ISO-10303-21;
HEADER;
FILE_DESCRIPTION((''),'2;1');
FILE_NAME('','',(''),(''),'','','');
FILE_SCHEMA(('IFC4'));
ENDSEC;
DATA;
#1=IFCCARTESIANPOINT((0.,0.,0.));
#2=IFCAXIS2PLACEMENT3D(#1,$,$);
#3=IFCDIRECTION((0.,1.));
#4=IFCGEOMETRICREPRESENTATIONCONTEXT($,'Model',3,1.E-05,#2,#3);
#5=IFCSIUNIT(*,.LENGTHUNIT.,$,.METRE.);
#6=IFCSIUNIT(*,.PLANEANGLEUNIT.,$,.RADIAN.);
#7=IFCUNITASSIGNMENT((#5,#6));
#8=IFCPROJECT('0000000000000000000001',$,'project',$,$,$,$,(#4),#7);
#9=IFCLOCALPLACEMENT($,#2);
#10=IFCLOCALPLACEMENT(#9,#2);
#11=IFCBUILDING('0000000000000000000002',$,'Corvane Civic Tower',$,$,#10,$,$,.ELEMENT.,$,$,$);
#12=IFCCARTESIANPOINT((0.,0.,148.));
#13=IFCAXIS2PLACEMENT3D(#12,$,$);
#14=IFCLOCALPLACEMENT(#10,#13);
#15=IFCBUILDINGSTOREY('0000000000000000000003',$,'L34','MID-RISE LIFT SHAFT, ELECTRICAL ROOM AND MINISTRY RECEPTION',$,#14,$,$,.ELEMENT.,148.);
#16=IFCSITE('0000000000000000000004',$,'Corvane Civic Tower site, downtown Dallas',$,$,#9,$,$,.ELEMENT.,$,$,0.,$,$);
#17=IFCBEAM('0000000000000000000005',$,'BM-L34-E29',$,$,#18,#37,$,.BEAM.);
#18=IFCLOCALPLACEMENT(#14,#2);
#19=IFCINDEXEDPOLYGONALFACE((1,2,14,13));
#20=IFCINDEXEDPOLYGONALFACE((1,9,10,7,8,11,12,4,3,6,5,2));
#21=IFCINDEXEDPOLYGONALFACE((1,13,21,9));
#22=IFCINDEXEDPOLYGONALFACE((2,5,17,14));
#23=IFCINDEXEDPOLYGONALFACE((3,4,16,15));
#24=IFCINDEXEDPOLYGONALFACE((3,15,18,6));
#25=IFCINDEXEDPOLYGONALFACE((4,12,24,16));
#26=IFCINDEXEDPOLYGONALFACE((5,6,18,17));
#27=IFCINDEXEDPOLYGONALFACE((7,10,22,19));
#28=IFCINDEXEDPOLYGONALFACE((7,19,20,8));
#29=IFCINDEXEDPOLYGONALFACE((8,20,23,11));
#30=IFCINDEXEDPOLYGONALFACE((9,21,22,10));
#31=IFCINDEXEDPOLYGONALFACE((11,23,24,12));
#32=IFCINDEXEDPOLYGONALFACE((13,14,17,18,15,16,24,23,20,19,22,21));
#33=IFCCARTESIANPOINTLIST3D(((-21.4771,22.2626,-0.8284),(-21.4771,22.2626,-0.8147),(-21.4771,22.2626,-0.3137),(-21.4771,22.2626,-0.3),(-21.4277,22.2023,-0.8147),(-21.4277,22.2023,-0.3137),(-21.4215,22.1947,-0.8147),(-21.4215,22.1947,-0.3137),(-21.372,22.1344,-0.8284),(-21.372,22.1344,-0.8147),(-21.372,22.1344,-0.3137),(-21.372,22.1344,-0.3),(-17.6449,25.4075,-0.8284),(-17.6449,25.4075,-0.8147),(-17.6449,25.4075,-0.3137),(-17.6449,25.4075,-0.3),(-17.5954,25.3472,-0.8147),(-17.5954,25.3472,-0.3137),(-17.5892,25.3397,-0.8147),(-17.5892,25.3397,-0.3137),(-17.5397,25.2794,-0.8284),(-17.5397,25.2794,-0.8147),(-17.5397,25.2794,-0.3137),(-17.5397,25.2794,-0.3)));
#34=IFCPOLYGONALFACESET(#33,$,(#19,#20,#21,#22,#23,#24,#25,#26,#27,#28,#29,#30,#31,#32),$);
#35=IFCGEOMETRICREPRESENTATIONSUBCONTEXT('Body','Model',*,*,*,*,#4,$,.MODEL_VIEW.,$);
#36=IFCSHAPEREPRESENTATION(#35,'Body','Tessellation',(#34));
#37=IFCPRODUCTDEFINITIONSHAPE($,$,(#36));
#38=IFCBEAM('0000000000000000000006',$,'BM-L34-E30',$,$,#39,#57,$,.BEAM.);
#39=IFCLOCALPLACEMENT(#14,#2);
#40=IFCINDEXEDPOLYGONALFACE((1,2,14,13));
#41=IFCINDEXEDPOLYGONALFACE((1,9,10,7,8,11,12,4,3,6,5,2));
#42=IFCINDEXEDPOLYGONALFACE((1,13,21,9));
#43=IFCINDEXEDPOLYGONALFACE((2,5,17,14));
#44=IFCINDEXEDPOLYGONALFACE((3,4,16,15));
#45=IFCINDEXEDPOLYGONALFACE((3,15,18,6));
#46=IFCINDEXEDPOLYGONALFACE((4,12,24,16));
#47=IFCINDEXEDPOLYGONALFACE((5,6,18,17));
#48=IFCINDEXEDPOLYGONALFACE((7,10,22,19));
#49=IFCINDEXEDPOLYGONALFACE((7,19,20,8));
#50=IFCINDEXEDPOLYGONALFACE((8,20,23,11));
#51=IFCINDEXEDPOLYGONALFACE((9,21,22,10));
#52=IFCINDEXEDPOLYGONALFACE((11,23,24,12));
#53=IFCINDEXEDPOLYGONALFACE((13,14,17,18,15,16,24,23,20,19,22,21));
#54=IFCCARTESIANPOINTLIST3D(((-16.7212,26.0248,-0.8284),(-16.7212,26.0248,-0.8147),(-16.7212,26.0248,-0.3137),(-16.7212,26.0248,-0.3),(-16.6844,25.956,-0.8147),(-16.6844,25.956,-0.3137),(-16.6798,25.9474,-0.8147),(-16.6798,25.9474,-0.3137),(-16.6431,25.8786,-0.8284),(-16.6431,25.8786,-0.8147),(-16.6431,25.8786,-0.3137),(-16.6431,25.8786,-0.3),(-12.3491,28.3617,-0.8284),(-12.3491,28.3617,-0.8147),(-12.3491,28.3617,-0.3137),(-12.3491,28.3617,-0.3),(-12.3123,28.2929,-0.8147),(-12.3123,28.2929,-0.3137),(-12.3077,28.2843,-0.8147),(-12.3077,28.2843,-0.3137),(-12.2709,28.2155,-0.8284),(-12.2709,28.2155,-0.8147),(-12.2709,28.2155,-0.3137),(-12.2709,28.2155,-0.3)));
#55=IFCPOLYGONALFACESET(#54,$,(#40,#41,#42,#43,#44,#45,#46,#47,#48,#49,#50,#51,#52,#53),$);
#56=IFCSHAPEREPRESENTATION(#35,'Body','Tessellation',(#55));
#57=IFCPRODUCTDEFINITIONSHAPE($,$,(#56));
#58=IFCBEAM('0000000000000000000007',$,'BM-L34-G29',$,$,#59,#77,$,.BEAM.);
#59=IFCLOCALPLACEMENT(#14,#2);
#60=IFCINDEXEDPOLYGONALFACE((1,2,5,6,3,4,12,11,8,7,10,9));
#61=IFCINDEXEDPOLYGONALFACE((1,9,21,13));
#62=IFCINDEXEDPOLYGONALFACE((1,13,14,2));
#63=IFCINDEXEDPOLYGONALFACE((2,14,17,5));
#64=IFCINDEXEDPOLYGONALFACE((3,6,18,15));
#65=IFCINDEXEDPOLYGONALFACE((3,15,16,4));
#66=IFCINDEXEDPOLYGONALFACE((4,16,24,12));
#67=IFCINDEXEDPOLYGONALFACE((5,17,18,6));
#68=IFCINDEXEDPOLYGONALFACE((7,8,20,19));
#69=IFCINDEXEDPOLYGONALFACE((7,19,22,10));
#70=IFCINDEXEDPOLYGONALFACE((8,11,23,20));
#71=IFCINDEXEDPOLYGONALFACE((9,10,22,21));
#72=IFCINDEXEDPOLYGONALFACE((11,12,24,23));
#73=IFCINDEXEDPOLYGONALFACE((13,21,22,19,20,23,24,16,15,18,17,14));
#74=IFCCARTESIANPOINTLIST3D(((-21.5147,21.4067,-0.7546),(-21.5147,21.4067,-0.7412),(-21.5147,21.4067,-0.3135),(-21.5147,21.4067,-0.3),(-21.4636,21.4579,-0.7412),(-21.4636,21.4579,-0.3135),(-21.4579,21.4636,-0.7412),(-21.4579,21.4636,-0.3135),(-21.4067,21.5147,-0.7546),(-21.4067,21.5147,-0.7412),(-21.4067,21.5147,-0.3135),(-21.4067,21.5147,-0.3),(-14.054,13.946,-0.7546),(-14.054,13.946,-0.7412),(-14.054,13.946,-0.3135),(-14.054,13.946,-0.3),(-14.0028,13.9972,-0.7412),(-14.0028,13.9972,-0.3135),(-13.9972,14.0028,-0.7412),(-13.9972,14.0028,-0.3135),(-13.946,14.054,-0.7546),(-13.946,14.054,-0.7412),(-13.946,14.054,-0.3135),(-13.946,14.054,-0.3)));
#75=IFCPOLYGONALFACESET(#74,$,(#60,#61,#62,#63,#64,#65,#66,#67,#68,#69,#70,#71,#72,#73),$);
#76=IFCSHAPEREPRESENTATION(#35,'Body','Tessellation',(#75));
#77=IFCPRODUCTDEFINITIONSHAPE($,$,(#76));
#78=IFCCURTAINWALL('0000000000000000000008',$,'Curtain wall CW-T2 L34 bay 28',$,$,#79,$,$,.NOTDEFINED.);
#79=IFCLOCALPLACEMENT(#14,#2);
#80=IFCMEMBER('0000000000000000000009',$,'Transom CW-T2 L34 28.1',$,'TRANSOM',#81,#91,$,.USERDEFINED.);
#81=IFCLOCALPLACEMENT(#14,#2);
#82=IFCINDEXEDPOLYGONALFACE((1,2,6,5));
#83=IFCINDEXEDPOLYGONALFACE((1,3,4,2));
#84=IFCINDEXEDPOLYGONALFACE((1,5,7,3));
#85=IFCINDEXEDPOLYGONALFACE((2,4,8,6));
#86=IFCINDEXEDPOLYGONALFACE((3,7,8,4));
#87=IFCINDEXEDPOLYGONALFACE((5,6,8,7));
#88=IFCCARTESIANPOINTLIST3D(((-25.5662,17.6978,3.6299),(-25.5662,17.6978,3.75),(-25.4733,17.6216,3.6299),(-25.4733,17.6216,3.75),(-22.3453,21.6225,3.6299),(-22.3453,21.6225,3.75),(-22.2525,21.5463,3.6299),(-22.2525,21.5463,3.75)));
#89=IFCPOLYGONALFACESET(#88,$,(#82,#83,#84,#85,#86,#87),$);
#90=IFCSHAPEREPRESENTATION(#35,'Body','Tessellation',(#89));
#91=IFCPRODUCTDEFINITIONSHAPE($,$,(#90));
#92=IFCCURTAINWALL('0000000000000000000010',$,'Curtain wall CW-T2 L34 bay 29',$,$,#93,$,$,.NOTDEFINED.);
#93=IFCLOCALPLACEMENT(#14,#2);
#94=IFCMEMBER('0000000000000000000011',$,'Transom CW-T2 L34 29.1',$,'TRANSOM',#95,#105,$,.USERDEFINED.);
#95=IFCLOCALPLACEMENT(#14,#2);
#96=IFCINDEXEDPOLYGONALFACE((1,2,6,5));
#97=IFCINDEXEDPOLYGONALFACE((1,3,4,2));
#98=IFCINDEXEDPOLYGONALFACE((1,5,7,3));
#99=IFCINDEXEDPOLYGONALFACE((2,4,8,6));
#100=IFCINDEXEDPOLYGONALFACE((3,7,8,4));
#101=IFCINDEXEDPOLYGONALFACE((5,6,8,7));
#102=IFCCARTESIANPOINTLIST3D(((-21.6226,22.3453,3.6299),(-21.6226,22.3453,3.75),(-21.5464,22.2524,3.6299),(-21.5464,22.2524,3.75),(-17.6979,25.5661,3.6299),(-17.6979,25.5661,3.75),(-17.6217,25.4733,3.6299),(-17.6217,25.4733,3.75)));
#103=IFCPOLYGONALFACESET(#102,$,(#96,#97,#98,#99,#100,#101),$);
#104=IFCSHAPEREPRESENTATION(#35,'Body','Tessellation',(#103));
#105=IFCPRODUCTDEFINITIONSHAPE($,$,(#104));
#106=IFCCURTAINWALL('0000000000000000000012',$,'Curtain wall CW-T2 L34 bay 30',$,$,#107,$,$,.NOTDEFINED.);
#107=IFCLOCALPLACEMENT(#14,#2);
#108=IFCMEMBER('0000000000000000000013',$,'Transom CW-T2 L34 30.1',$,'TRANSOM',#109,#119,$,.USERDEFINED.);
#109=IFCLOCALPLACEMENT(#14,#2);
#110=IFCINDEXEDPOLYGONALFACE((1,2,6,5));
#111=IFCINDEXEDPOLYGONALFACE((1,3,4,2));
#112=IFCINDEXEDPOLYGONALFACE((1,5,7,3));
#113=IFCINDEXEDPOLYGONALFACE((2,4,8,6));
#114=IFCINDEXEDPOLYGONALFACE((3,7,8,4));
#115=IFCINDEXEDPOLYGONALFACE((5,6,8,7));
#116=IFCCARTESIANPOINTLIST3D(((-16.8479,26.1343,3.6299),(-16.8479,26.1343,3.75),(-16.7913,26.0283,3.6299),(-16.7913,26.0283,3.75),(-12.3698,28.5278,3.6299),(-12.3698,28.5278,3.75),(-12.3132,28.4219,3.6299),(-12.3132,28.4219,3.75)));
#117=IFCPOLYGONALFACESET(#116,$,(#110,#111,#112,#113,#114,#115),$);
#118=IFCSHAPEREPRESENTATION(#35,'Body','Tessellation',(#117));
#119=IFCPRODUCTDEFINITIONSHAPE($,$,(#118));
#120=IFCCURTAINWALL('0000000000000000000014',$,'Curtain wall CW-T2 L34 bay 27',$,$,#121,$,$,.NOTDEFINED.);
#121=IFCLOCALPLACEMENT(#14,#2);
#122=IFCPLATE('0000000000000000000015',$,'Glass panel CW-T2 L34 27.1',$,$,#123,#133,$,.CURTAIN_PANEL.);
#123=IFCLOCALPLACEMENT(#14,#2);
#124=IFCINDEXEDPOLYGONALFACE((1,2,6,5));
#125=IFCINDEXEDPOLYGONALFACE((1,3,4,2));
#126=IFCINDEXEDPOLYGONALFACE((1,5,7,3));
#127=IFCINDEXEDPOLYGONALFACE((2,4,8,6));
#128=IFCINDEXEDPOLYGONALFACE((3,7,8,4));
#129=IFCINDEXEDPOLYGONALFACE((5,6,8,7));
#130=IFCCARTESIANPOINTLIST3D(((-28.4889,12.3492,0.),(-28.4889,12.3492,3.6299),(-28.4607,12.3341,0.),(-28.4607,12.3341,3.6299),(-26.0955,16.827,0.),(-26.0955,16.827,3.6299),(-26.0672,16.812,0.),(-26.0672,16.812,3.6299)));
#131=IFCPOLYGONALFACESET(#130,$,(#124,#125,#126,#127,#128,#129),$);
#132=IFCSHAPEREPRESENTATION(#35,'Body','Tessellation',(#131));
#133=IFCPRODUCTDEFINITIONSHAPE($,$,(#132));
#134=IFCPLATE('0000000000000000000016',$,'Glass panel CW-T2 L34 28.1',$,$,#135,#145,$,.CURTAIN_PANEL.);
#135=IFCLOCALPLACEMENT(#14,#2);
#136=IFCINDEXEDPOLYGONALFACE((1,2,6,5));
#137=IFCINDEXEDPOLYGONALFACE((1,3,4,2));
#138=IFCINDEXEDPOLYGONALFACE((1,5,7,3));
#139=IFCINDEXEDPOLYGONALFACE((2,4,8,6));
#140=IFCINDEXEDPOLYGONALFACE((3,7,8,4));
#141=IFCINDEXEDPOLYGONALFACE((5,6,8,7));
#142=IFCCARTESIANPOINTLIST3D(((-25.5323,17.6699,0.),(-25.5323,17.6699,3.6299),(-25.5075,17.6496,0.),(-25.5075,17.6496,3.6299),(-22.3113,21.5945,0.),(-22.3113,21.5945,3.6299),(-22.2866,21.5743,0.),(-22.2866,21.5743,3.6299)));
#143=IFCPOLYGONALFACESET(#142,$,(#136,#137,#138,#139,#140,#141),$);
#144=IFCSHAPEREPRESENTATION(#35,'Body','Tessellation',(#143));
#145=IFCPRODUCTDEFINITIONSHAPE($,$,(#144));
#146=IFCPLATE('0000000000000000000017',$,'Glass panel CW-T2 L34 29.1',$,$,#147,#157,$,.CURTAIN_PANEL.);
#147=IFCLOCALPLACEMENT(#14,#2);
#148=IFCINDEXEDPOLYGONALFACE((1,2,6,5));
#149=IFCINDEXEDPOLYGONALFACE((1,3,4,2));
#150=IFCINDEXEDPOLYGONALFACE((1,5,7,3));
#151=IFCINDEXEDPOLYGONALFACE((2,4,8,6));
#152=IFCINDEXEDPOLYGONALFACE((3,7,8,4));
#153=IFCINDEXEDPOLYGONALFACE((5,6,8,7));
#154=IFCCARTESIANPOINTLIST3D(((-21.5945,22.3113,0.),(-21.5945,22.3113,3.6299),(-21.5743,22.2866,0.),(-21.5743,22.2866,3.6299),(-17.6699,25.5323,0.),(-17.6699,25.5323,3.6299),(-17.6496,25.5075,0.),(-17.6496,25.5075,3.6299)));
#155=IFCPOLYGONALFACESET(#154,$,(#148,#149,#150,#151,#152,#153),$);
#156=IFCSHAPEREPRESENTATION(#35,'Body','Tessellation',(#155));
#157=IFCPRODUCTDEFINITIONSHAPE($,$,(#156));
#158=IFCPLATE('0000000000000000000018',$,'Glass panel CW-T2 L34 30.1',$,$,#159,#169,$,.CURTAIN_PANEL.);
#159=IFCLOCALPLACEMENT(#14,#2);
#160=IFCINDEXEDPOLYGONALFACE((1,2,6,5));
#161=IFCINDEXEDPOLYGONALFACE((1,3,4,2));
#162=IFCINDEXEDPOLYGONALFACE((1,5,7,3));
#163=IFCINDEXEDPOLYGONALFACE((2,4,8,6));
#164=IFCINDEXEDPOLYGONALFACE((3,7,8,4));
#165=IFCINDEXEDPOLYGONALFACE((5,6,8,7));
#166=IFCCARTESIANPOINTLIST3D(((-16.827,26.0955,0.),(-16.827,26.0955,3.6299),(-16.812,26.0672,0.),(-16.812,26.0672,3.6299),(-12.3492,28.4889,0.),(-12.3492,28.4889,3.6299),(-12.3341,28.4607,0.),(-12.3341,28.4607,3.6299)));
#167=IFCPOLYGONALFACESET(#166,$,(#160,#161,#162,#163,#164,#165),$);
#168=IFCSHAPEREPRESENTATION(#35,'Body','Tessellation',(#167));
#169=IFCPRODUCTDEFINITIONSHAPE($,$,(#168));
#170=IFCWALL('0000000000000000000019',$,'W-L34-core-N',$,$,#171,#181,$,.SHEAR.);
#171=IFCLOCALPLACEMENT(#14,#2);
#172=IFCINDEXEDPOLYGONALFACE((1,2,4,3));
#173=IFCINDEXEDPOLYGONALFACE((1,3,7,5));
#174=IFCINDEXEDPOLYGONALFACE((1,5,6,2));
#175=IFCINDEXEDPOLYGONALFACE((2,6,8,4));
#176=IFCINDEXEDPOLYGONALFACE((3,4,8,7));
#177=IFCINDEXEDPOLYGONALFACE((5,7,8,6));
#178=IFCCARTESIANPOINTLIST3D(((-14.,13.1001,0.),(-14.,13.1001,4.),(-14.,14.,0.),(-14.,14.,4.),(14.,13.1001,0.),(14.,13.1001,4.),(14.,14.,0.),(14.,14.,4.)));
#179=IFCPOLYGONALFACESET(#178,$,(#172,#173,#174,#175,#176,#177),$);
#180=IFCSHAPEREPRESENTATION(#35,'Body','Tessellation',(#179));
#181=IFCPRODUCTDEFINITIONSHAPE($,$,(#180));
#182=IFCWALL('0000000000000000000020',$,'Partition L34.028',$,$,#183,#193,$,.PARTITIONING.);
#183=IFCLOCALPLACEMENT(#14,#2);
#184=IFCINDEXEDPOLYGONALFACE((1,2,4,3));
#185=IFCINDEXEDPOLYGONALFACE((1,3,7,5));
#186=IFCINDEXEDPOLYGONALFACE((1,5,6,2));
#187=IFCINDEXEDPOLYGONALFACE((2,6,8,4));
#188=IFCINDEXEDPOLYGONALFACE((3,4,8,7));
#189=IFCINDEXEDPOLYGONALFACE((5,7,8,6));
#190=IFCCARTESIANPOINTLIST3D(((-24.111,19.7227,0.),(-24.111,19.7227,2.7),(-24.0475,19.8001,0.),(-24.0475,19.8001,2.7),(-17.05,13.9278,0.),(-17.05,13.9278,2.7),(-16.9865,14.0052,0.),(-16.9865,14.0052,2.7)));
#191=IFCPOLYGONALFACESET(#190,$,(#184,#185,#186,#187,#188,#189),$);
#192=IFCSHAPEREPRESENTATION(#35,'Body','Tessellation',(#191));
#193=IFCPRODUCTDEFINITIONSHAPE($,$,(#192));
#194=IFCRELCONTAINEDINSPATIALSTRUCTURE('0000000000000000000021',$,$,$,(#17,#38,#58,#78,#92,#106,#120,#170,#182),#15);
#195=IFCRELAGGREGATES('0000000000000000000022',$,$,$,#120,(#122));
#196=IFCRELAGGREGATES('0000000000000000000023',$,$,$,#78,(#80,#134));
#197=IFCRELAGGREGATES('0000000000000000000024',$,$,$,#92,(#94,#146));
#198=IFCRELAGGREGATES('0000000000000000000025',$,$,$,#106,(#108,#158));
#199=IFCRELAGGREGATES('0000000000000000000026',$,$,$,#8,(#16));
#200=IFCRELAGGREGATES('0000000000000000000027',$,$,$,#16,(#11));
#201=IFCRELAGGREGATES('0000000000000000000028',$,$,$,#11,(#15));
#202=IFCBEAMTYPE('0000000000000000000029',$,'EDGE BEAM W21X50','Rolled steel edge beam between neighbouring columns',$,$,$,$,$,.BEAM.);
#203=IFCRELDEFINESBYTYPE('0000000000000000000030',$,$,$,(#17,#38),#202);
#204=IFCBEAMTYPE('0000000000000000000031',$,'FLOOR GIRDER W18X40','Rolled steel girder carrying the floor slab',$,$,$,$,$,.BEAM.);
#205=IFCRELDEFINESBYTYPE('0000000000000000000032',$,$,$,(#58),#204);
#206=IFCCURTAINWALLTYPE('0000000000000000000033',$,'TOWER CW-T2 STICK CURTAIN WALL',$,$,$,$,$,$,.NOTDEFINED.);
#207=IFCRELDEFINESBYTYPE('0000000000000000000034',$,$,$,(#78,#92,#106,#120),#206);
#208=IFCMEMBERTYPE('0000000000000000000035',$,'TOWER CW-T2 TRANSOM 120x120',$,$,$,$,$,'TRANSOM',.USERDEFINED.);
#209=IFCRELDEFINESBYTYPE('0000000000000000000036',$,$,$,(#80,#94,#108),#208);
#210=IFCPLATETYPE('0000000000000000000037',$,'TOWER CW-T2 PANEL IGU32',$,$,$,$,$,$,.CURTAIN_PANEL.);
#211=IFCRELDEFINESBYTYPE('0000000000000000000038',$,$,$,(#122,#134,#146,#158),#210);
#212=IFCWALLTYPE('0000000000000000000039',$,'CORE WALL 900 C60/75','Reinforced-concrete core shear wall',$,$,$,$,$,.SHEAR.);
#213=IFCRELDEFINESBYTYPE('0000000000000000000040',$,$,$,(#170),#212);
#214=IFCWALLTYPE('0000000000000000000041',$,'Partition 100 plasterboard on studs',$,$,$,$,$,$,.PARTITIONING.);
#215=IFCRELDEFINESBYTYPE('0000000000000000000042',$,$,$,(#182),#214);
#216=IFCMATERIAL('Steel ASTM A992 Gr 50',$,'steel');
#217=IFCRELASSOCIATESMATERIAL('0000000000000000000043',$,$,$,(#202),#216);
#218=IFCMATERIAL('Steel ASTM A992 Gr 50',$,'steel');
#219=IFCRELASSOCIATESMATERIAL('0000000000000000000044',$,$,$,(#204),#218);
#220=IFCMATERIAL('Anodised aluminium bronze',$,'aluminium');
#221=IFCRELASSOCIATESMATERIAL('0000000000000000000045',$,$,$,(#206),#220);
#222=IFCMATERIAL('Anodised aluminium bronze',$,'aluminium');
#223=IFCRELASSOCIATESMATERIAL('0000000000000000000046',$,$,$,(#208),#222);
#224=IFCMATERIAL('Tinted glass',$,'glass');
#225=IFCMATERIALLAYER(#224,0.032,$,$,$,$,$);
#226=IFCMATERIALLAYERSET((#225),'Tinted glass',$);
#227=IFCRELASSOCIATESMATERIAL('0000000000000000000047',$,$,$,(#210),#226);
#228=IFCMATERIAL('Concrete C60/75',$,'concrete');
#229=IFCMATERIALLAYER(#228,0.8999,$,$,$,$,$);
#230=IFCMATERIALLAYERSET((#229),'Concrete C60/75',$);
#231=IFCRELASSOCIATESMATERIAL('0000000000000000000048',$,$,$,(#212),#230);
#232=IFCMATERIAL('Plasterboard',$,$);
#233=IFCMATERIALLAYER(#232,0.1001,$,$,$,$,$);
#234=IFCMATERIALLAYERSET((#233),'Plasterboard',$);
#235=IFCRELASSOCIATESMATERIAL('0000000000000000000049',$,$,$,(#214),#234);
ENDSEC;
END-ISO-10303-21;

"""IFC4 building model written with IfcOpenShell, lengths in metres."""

from ifc_helpers import new_model, si_unit, direction, frame, frame_2d, origin, origin_2d, place, context, subcontext, project, spatial, rectangle, i_section, extrude, material, layer, layer_set, material_profile, profile_set, type_object, element, aggregate, save


model = new_model("IFC4")

# Units and contexts
model_context = context("Model", 3, precision=1e-05, world=origin(), true_north=direction((0.0, 1.0)))
body_context = subcontext(model_context, "Body", "Model", "MODEL_VIEW")
ifc_project = project(units=[si_unit("LENGTHUNIT", "METRE"), si_unit("PLANEANGLEUNIT", "RADIAN")], contexts=[model_context])

# Site, building, storey
site_placement = place(None, origin())
site = spatial("IfcSite", under=ifc_project, at=site_placement, Name="Corvane Civic Tower site, downtown Dallas", CompositionType="ELEMENT", RefElevation=0.0)
building_placement = place(site_placement, origin())
building = spatial("IfcBuilding", under=site, at=building_placement, Name="Corvane Civic Tower", CompositionType="ELEMENT")
storey_placement = place(building_placement, frame((0.0, 0.0, 148.0)))
storey = spatial("IfcBuildingStorey", under=building, at=storey_placement, Name="L34", Description="MID-RISE LIFT SHAFT, ELECTRICAL ROOM AND MINISTRY RECEPTION", CompositionType="ELEMENT", Elevation=148.0)

# Beams
ifc_material_1 = material(Name="Steel ASTM A992 Gr 50", Category="steel")
ifc_material_profile_1 = material_profile(ifc_material_1, i_section(OverallWidth=0.1658, OverallDepth=0.5283, WebThickness=0.0098, FlangeThickness=0.0137, at=origin_2d()), Name="W21X50")
ifc_profile_set_1 = profile_set([ifc_material_profile_1], Name="Steel ASTM A992 Gr 50")
beam_type_1 = type_object("IfcBeamType", Name="EDGE BEAM W21X50", Description="Rolled steel edge beam between neighbouring columns", PredefinedType="BEAM", material=ifc_profile_set_1)
for number, where, z_axis, x_axis, name in (
    (1, (-21.4246, 22.1985, -0.5642), (0.773015, 0.634388, 0.0), (-0.634388, 0.773015, 0.0), "BM-L34-E29"),
    (2, (-16.6821, 25.9517, -0.5642), (0.881922, 0.471396, 0.0), (-0.471396, 0.881922, 0.0), "BM-L34-E30"),
):
    element("IfcBeam", number, at=place(storey_placement, frame(where, z_axis=z_axis, x_axis=x_axis)), inside=storey, type_object=beam_type_1, Name=name, PredefinedType="BEAM", context=body_context, shape_type="SweptSolid", body=[
        extrude(i_section(OverallWidth=0.1658, OverallDepth=0.5283, WebThickness=0.0098, FlangeThickness=0.0137, at=origin_2d()), origin(), (0.0, 0.0, 1.0), 4.9575),
    ])
ifc_material_2 = material(Name="Steel ASTM A992 Gr 50", Category="steel")
ifc_material_profile_2 = material_profile(ifc_material_2, i_section(OverallWidth=0.1528, OverallDepth=0.4546, WebThickness=0.0081, FlangeThickness=0.0134, at=origin_2d()), Name="W18X40")
ifc_profile_set_2 = profile_set([ifc_material_profile_2], Name="Steel ASTM A992 Gr 50")
beam_type_2 = type_object("IfcBeamType", Name="FLOOR GIRDER W18X40", Description="Rolled steel girder carrying the floor slab", PredefinedType="BEAM", material=ifc_profile_set_2)
beam_placement = place(storey_placement, frame((-14.0, 14.0, -0.5273), z_axis=(-0.707107, 0.707107, 0.0), x_axis=(-0.707107, -0.707107, 0.0)))
element("IfcBeam", 3, at=beam_placement, inside=storey, type_object=beam_type_2, Name="BM-L34-G29", PredefinedType="BEAM", context=body_context, shape_type="SweptSolid", body=[
    extrude(i_section(OverallWidth=0.1528, OverallDepth=0.4546, WebThickness=0.0081, FlangeThickness=0.0134, at=origin_2d()), origin(), (0.0, 0.0, 1.0), 10.551),
])

# Curtain walls, members
ifc_material_3 = material(Name="Anodised aluminium bronze", Category="aluminium")
curtain_wall_type = type_object("IfcCurtainWallType", Name="TOWER CW-T2 STICK CURTAIN WALL", PredefinedType="NOTDEFINED", material=ifc_material_3)
curtain_wall_1_placement = place(storey_placement, origin())
curtain_wall_1 = element("IfcCurtainWall", 4, at=curtain_wall_1_placement, inside=storey, type_object=curtain_wall_type, Name="Curtain wall CW-T2 L34 bay 28", PredefinedType="NOTDEFINED")
ifc_material_4 = material(Name="Anodised aluminium bronze", Category="aluminium")
ifc_material_profile_3 = material_profile(ifc_material_4, rectangle(XDim=0.1201, YDim=0.1201, at=origin_2d()), Name="TOWER CW-T2 TRANSOM 120x120")
ifc_profile_set_3 = profile_set([ifc_material_profile_3], Name="Anodised aluminium bronze")
member_type = type_object("IfcMemberType", Name="TOWER CW-T2 TRANSOM 120x120", ElementType="TRANSOM", PredefinedType="USERDEFINED", material=ifc_profile_set_3)
member_1_placement = place(storey_placement, frame((-25.5198, 17.6597, 3.6899), z_axis=(0.634387, 0.773016, 0.0), x_axis=(-0.773016, 0.634387, 0.0)))
member_1 = element("IfcMember", 5, at=member_1_placement, type_object=member_type, Name="Transom CW-T2 L34 28.1", ObjectType="TRANSOM", PredefinedType="USERDEFINED", context=body_context, shape_type="SweptSolid", body=[
    extrude(rectangle(XDim=0.1201, YDim=0.1201, at=origin_2d()), origin(), (0.0, 0.0, 1.0), 5.0771),
])
curtain_wall_2_placement = place(storey_placement, origin())
curtain_wall_2 = element("IfcCurtainWall", 6, at=curtain_wall_2_placement, inside=storey, type_object=curtain_wall_type, Name="Curtain wall CW-T2 L34 bay 29", PredefinedType="NOTDEFINED")
member_2_placement = place(storey_placement, frame((-21.5845, 22.2988, 3.6899), z_axis=(0.773016, 0.634387, 0.0), x_axis=(-0.634387, 0.773016, 0.0)))
member_2 = element("IfcMember", 7, at=member_2_placement, type_object=member_type, Name="Transom CW-T2 L34 29.1", ObjectType="TRANSOM", PredefinedType="USERDEFINED", context=body_context, shape_type="SweptSolid", body=[
    extrude(rectangle(XDim=0.1201, YDim=0.1201, at=origin_2d()), origin(), (0.0, 0.0, 1.0), 5.0771),
])
curtain_wall_3_placement = place(storey_placement, origin())
curtain_wall_3 = element("IfcCurtainWall", 8, at=curtain_wall_3_placement, inside=storey, type_object=curtain_wall_type, Name="Curtain wall CW-T2 L34 bay 30", PredefinedType="NOTDEFINED")
member_3_placement = place(storey_placement, frame((-16.8196, 26.0813, 3.6899), z_axis=(0.881921, 0.471397, 0.0), x_axis=(-0.471397, 0.881921, 0.0)))
member_3 = element("IfcMember", 9, at=member_3_placement, type_object=member_type, Name="Transom CW-T2 L34 30.1", ObjectType="TRANSOM", PredefinedType="USERDEFINED", context=body_context, shape_type="SweptSolid", body=[
    extrude(rectangle(XDim=0.1201, YDim=0.1201, at=origin_2d()), origin(), (0.0, 0.0, 1.0), 5.0776),
])

# Curtain wall, plate
curtain_wall_4_placement = place(storey_placement, origin())
curtain_wall_4 = element("IfcCurtainWall", 10, at=curtain_wall_4_placement, inside=storey, type_object=curtain_wall_type, Name="Curtain wall CW-T2 L34 bay 27", PredefinedType="NOTDEFINED")
ifc_material_5 = material(Name="Tinted glass", Category="glass")
ifc_layer_1 = layer(ifc_material_5, 0.032)
ifc_layer_set_1 = layer_set([ifc_layer_1], Name="Tinted glass")
plate_type = type_object("IfcPlateType", Name="TOWER CW-T2 PANEL IGU32", PredefinedType="CURTAIN_PANEL", material=ifc_layer_set_1)
plate_1_placement = place(storey_placement, frame((-27.2781, 14.5806, 0.0), z_axis=(0.0, 0.0, 1.0), x_axis=(0.471395, 0.881922, 0.0)))
plate_1 = element("IfcPlate", 11, at=plate_1_placement, type_object=plate_type, Name="Glass panel CW-T2 L34 27.1", PredefinedType="CURTAIN_PANEL", context=body_context, shape_type="SweptSolid", body=[
    extrude(rectangle(XDim=5.0774, YDim=0.032, at=origin_2d()), origin(), (0.0, 0.0, 1.0), 3.6299),
])
aggregate(curtain_wall_4, [plate_1])

# Plates
plate_2_placement = place(storey_placement, frame((-23.9094, 19.6221, 0.0), z_axis=(0.0, 0.0, 1.0), x_axis=(0.6344, 0.773005, 0.0)))
plate_2 = element("IfcPlate", 12, at=plate_2_placement, type_object=plate_type, Name="Glass panel CW-T2 L34 28.1", PredefinedType="CURTAIN_PANEL", context=body_context, shape_type="SweptSolid", body=[
    extrude(rectangle(XDim=5.0771, YDim=0.032, at=origin_2d()), origin(), (0.0, 0.0, 1.0), 3.6299),
])
aggregate(curtain_wall_1, [member_1, plate_2])
plate_3_placement = place(storey_placement, frame((-19.6221, 23.9094, 0.0), z_axis=(0.0, 0.0, 1.0), x_axis=(0.773005, 0.6344, 0.0)))
plate_3 = element("IfcPlate", 13, at=plate_3_placement, type_object=plate_type, Name="Glass panel CW-T2 L34 29.1", PredefinedType="CURTAIN_PANEL", context=body_context, shape_type="SweptSolid", body=[
    extrude(rectangle(XDim=5.0771, YDim=0.032, at=origin_2d()), origin(), (0.0, 0.0, 1.0), 3.6299),
])
aggregate(curtain_wall_2, [member_2, plate_3])
plate_4_placement = place(storey_placement, frame((-14.5806, 27.2781, 0.0), z_axis=(0.0, 0.0, 1.0), x_axis=(0.881922, 0.471395, 0.0)))
plate_4 = element("IfcPlate", 14, at=plate_4_placement, type_object=plate_type, Name="Glass panel CW-T2 L34 30.1", PredefinedType="CURTAIN_PANEL", context=body_context, shape_type="SweptSolid", body=[
    extrude(rectangle(XDim=5.0774, YDim=0.032, at=origin_2d()), origin(), (0.0, 0.0, 1.0), 3.6299),
])
aggregate(curtain_wall_3, [member_3, plate_4])

# Walls
ifc_material_6 = material(Name="Concrete C60/75", Category="concrete")
ifc_layer_2 = layer(ifc_material_6, 0.8999)
ifc_layer_set_2 = layer_set([ifc_layer_2], Name="Concrete C60/75")
wall_type_1 = type_object("IfcWallType", Name="CORE WALL 900 C60/75", Description="Reinforced-concrete core shear wall", PredefinedType="SHEAR", material=ifc_layer_set_2)
wall_1_placement = place(storey_placement, frame((-14.0, 13.55, 0.0), z_axis=(0.0, 0.0, 1.0), x_axis=(1.0, 0.0, 0.0)))
element("IfcWall", 15, at=wall_1_placement, inside=storey, type_object=wall_type_1, Name="W-L34-core-N", PredefinedType="SHEAR", context=body_context, shape_type="SweptSolid", body=[
    extrude(rectangle(XDim=28.0, YDim=0.8999, at=frame_2d((14.0, 0.0))), origin(), (0.0, 0.0, 1.0), 4.0),
])
ifc_material_7 = material(Name="Plasterboard")
ifc_layer_3 = layer(ifc_material_7, 0.1001)
ifc_layer_set_3 = layer_set([ifc_layer_3], Name="Plasterboard")
wall_type_2 = type_object("IfcWallType", Name="Partition 100 plasterboard on studs", PredefinedType="PARTITIONING", material=ifc_layer_set_3)
wall_2_placement = place(storey_placement, frame((-24.0793, 19.7615, 0.0), z_axis=(0.0, 0.0, 1.0), x_axis=(0.773006, -0.634399, 0.0)))
element("IfcWall", 16, at=wall_2_placement, inside=storey, type_object=wall_type_2, Name="Partition L34.028", PredefinedType="PARTITIONING", context=body_context, shape_type="SweptSolid", body=[
    extrude(rectangle(XDim=9.1345, YDim=0.1001, at=frame_2d((4.5674, 0.0))), origin(), (0.0, 0.0, 1.0), 2.7),
])

save(model, "model.ifc")
